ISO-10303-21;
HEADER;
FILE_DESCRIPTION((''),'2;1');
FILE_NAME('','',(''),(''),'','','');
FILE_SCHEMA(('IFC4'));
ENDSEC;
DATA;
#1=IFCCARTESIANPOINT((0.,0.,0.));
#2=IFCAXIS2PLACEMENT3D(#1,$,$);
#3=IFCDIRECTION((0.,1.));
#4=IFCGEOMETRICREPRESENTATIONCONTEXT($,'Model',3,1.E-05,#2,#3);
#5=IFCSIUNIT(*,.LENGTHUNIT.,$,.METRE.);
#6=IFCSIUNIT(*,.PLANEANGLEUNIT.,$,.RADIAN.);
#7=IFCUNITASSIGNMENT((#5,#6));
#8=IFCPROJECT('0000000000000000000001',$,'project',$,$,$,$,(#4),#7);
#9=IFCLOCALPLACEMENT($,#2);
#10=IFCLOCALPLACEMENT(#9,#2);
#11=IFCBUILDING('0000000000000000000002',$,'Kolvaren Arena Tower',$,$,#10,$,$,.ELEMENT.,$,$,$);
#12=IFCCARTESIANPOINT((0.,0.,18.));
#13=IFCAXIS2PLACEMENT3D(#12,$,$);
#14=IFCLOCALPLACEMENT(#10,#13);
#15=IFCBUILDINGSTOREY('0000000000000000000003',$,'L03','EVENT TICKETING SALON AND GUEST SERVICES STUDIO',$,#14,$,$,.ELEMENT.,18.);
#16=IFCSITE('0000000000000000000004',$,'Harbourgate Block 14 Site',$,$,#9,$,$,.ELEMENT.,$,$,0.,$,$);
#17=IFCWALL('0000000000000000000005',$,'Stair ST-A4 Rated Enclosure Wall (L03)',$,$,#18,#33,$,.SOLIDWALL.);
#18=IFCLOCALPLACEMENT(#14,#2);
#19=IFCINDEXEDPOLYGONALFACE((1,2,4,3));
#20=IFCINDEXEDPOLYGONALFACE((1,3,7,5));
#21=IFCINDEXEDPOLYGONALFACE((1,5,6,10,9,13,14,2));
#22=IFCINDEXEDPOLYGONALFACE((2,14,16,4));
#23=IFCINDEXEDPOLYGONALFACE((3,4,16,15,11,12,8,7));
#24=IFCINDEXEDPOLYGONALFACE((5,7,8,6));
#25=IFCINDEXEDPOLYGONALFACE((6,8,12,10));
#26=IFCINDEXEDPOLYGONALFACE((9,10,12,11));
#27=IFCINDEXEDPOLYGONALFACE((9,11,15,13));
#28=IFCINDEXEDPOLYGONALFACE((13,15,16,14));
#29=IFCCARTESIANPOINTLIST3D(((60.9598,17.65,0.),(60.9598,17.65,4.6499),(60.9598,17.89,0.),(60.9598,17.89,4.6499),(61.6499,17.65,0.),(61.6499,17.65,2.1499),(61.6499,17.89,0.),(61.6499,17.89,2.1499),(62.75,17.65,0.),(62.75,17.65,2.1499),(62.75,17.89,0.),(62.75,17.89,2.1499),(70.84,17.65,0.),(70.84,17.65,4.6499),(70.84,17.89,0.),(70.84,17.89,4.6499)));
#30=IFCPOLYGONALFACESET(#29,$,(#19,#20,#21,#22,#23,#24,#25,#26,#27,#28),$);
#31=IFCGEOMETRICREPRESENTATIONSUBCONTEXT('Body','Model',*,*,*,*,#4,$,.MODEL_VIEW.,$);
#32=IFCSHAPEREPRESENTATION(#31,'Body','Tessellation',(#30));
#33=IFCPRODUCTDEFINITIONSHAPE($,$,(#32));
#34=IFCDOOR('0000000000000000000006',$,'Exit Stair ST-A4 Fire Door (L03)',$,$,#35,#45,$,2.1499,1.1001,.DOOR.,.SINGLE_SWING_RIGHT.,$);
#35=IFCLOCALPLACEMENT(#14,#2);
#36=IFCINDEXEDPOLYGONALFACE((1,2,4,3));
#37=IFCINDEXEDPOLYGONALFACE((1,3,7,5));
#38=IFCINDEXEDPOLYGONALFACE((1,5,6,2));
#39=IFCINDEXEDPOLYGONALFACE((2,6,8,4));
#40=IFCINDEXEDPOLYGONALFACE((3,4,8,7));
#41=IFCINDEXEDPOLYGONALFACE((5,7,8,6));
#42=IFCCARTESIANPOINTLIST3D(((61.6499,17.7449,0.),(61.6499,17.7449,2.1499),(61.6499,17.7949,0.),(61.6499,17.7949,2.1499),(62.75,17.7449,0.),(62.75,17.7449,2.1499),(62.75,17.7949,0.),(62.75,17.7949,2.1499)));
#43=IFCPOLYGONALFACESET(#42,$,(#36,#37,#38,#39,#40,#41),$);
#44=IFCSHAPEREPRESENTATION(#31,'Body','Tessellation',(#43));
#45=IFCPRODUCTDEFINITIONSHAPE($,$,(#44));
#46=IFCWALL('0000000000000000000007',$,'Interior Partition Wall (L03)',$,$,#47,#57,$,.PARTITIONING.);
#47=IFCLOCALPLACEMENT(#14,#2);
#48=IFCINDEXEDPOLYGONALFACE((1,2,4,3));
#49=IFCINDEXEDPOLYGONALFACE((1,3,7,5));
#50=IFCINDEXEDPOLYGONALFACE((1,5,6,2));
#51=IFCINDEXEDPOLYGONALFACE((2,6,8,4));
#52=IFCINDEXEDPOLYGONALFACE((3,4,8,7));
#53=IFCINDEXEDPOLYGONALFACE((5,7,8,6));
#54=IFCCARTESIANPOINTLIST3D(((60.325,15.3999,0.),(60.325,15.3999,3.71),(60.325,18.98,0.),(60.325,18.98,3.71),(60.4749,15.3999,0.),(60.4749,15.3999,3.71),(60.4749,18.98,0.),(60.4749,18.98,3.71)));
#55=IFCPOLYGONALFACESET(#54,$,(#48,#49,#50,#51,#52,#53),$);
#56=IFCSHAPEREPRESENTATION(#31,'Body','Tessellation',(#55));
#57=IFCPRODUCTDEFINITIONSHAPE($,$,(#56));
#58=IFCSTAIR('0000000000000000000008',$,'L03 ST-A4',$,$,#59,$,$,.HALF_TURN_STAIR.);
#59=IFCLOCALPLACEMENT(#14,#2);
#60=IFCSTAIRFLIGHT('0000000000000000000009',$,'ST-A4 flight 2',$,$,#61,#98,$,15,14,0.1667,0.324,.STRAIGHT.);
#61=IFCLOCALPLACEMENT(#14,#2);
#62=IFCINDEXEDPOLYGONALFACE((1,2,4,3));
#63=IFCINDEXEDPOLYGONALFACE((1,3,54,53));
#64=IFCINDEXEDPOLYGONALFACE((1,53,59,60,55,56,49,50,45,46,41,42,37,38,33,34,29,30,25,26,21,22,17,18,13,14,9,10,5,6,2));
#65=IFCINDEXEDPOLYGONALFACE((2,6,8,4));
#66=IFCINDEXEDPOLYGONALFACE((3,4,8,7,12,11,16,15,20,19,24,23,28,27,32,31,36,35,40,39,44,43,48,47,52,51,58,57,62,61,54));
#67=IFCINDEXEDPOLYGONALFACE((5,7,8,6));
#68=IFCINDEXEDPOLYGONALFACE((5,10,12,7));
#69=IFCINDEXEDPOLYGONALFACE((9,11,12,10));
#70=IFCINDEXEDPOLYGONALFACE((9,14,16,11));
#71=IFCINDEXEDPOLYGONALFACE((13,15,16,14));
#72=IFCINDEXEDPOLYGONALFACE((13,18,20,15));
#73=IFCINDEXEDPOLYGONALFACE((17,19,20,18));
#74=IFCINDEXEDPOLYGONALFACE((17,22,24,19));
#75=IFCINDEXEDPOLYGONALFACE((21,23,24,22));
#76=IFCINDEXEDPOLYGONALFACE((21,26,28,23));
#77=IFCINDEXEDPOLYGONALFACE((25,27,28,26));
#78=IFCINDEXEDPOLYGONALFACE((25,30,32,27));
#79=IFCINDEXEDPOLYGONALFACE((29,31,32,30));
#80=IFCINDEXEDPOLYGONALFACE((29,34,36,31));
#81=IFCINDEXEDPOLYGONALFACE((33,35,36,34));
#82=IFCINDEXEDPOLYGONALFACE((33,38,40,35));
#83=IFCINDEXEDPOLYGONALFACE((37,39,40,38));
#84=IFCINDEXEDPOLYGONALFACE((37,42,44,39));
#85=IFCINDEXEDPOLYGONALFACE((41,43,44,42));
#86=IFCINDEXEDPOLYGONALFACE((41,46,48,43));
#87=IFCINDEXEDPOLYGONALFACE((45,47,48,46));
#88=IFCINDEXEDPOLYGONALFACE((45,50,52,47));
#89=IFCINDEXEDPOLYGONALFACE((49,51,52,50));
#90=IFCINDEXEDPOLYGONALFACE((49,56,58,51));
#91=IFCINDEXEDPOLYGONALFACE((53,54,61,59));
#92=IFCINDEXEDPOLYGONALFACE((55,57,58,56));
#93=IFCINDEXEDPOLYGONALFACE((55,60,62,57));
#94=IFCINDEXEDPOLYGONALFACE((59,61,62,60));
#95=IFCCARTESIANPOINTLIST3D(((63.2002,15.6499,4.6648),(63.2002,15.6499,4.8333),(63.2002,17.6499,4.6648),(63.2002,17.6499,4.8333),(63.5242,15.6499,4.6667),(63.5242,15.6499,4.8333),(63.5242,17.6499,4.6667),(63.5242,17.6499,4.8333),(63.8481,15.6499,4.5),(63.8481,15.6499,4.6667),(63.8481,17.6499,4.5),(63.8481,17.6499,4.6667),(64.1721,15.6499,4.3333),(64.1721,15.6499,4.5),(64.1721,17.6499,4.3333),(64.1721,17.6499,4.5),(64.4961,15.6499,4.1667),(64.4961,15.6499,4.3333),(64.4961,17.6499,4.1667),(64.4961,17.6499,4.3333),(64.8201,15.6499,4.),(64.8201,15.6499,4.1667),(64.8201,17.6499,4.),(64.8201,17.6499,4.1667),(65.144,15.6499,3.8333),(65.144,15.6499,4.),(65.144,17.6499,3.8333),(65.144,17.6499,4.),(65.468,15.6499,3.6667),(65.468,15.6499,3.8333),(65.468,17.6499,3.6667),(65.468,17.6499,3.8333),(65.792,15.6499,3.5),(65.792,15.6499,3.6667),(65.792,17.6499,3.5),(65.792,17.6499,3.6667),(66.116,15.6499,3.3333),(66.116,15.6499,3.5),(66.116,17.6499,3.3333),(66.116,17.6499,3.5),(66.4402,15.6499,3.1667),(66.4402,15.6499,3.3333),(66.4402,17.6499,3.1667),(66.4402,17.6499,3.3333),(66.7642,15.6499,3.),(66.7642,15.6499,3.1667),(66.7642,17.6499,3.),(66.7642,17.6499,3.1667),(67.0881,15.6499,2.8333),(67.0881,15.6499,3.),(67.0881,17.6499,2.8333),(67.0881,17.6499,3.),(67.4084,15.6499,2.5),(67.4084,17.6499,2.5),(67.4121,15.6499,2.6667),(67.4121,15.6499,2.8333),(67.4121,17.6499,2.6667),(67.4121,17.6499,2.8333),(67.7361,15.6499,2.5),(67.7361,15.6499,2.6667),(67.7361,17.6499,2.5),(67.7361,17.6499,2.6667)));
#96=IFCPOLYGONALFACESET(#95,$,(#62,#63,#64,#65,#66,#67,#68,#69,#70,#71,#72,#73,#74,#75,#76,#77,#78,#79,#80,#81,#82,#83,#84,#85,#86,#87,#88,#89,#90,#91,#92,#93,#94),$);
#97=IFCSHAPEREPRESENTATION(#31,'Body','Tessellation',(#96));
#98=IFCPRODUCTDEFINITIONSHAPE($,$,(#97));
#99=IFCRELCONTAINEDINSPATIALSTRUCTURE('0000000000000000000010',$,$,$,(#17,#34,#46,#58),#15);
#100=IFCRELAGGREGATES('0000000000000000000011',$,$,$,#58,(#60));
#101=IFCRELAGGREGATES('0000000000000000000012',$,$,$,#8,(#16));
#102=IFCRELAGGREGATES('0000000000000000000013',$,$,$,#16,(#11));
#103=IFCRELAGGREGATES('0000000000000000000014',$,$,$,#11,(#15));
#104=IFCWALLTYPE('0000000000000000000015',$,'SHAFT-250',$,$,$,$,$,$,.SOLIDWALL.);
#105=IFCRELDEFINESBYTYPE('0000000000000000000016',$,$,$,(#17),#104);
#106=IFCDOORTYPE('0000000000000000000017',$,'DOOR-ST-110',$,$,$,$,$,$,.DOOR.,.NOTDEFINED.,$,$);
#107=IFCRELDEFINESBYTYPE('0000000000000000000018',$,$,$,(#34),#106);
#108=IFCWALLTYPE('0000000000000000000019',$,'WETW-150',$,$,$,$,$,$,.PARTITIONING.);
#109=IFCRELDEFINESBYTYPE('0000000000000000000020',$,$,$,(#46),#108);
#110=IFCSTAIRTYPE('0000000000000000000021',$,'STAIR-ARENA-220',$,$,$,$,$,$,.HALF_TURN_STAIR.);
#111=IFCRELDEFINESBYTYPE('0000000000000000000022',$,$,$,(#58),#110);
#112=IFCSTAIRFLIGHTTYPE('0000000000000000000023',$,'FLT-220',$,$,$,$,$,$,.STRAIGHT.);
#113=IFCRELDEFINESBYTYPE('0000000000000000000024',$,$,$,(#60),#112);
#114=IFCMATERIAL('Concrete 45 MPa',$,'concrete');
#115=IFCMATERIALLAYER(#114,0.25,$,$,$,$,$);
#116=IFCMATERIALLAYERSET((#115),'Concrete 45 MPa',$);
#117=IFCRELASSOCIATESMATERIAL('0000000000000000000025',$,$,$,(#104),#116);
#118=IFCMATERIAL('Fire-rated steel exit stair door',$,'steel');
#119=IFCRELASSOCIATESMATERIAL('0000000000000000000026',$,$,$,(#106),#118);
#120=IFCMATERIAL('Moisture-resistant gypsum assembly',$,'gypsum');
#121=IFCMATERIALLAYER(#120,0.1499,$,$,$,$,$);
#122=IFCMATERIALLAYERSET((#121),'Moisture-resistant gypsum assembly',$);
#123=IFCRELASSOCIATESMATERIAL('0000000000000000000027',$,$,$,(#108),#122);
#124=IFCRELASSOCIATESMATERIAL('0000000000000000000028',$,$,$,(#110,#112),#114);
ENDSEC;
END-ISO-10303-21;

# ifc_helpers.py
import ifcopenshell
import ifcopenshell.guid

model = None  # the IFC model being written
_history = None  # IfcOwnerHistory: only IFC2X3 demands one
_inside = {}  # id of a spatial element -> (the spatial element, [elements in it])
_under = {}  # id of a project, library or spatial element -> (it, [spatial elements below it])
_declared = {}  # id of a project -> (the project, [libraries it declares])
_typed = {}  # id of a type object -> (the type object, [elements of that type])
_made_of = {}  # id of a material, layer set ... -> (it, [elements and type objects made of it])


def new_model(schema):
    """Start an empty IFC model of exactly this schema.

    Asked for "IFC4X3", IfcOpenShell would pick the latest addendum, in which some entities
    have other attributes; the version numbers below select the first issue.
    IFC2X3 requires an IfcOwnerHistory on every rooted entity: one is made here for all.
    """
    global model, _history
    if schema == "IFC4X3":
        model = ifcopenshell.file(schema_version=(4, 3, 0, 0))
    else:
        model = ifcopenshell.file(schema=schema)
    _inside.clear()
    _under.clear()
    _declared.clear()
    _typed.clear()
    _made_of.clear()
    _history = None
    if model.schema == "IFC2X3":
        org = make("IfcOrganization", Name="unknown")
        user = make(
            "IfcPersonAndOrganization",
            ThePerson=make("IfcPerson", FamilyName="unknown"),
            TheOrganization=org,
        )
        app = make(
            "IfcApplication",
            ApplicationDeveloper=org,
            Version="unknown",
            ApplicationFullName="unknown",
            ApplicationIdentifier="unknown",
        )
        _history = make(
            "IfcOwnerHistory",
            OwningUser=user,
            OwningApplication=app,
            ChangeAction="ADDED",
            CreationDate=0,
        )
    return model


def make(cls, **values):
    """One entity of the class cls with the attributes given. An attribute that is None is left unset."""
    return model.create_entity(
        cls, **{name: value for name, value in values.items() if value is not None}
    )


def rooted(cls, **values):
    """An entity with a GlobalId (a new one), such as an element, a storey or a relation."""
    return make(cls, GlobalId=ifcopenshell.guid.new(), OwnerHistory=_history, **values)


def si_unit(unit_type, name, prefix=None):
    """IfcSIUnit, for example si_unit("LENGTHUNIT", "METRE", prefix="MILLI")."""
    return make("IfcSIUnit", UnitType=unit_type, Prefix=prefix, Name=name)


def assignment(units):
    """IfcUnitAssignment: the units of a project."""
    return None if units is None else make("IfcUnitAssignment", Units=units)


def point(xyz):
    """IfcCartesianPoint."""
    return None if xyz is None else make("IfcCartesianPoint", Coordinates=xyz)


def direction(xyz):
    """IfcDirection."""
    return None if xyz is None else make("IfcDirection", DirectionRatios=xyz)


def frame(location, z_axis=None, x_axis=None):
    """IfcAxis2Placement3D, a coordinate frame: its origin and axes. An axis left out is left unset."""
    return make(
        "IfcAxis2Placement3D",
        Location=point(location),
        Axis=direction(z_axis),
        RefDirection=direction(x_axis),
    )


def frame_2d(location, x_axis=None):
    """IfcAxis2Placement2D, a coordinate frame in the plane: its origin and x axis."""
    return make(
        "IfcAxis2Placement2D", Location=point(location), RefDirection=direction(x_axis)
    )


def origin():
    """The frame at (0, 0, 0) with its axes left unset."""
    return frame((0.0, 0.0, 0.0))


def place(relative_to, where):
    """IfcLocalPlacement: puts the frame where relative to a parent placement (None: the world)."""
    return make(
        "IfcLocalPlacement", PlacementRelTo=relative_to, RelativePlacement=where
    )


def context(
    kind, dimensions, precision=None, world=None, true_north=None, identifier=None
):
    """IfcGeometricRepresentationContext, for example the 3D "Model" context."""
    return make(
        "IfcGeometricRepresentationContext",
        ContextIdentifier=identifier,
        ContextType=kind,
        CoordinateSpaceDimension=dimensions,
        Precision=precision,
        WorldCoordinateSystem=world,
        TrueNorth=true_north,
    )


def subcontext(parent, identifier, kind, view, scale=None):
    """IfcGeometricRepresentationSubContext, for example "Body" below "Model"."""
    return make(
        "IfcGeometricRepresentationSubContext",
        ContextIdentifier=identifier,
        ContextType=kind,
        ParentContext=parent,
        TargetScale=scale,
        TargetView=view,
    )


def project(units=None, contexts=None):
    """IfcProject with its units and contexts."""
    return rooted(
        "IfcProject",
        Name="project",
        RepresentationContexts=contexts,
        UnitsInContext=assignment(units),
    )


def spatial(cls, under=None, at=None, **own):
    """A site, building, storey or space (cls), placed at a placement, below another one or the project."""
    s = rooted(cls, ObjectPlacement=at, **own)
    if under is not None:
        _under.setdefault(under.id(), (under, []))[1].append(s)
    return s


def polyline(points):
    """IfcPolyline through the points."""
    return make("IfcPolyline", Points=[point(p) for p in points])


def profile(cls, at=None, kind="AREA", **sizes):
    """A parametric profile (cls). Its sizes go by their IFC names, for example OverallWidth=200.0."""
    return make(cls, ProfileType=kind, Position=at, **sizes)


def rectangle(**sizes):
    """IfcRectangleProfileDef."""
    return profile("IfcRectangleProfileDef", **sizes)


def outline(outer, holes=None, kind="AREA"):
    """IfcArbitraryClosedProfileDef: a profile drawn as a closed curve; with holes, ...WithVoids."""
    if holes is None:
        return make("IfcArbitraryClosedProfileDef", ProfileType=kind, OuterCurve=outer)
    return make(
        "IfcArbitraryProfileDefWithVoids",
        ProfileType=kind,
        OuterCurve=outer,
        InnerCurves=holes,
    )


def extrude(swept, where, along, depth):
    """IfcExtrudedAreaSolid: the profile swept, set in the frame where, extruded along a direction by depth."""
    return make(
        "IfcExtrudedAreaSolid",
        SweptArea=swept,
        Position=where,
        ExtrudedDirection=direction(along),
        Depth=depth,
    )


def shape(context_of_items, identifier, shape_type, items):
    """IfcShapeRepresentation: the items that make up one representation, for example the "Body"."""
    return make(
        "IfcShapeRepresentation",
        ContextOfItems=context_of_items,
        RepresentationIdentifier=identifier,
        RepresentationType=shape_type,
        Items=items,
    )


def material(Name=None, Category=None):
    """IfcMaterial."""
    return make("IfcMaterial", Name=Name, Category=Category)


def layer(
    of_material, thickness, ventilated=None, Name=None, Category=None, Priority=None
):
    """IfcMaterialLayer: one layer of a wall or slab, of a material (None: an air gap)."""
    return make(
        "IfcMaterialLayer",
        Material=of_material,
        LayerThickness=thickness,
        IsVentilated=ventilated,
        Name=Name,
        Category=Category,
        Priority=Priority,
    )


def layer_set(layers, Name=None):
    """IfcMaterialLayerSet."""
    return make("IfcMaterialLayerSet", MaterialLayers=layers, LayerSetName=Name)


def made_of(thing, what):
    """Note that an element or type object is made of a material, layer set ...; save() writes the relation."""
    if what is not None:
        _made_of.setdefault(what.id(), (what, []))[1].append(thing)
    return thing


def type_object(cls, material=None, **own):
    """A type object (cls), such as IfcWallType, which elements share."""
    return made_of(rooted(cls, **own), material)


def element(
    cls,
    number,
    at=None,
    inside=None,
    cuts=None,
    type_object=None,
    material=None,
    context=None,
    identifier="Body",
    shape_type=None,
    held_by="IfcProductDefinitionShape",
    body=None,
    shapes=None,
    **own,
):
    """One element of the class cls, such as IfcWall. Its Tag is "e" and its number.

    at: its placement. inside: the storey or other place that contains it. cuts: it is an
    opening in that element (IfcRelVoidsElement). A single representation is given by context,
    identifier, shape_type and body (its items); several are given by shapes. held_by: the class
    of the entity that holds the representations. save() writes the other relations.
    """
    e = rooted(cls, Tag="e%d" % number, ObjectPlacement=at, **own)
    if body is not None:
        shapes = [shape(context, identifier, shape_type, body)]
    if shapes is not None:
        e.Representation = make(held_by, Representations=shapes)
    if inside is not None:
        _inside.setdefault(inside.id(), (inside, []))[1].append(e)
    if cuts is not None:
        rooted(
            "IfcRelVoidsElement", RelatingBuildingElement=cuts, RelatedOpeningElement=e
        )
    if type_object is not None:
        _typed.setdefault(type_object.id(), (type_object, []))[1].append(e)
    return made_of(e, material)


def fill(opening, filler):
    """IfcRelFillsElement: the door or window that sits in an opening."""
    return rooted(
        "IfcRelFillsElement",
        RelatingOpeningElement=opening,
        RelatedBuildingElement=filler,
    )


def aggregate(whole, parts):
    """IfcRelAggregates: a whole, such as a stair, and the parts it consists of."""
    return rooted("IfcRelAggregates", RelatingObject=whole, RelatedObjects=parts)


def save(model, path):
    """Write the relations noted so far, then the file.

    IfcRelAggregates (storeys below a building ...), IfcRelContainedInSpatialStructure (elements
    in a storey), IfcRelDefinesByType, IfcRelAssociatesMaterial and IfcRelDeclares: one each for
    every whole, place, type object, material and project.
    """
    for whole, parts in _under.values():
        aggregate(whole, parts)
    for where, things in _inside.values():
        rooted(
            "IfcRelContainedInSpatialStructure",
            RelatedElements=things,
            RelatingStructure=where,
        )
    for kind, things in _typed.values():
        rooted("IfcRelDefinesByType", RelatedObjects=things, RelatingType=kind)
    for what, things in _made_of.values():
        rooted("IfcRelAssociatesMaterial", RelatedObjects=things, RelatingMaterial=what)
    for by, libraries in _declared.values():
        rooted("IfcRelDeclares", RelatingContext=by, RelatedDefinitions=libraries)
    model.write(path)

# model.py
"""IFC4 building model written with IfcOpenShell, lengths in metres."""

from ifc_helpers import new_model, si_unit, direction, frame, frame_2d, origin, place, context, subcontext, project, spatial, polyline, rectangle, outline, extrude, material, layer, layer_set, type_object, element, fill, aggregate, save


model = new_model("IFC4")

# Units and contexts
model_context = context("Model", 3, precision=1e-05, world=origin(), true_north=direction((0.0, 1.0)))
body_context = subcontext(model_context, "Body", "Model", "MODEL_VIEW")
ifc_project = project(units=[si_unit("LENGTHUNIT", "METRE"), si_unit("PLANEANGLEUNIT", "RADIAN")], contexts=[model_context])

# Site, building, storey
site_placement = place(None, origin())
site = spatial("IfcSite", under=ifc_project, at=site_placement, Name="Harbourgate Block 14 Site", CompositionType="ELEMENT", RefElevation=0.0)
building_placement = place(site_placement, origin())
building = spatial("IfcBuilding", under=site, at=building_placement, Name="Kolvaren Arena Tower", CompositionType="ELEMENT")
storey_placement = place(building_placement, frame((0.0, 0.0, 18.0)))
storey = spatial("IfcBuildingStorey", under=building, at=storey_placement, Name="L03", Description="EVENT TICKETING SALON AND GUEST SERVICES STUDIO", CompositionType="ELEMENT", Elevation=18.0)

# Wall, opening, door
ifc_material_1 = material(Name="Concrete 45 MPa", Category="concrete")
ifc_layer_1 = layer(ifc_material_1, 0.25)
ifc_layer_set_1 = layer_set([ifc_layer_1], Name="Concrete 45 MPa")
wall_type_1 = type_object("IfcWallType", Name="SHAFT-250", PredefinedType="SOLIDWALL", material=ifc_layer_set_1)
wall_1_placement = place(storey_placement, frame((60.96, 17.77, 0.0), z_axis=(0.0, 0.0, 1.0), x_axis=(1.0, 0.0, 0.0)))
wall_1 = element("IfcWall", 1, at=wall_1_placement, inside=storey, type_object=wall_type_1, Name="Stair ST-A4 Rated Enclosure Wall (L03)", PredefinedType="SOLIDWALL", context=body_context, shape_type="SweptSolid", body=[
    extrude(rectangle(XDim=9.8801, YDim=0.24, at=frame_2d((4.9399, 0.0))), origin(), (0.0, 0.0, 1.0), 4.6499),
])
opening_1_placement = place(wall_1_placement, frame((0.6899, 0.0, 0.0)))
opening_1 = element("IfcOpeningElement", 2, at=opening_1_placement, cuts=wall_1, PredefinedType="OPENING", context=body_context, shape_type="SweptSolid", body=[
    extrude(rectangle(XDim=1.1001, YDim=2.1499, at=frame_2d((0.55, 1.075))), frame((0.0, 0.1299, 0.0), z_axis=(0.0, -1.0, 0.0), x_axis=(1.0, 0.0, 0.0)), (0.0, 0.0, 1.0), 0.26),
])
ifc_material_2 = material(Name="Fire-rated steel exit stair door", Category="steel")
door_type_1 = type_object("IfcDoorType", Name="DOOR-ST-110", OperationType="NOTDEFINED", PredefinedType="DOOR", material=ifc_material_2)
door_1_placement = place(opening_1_placement, origin())
door_1 = element("IfcDoor", 3, at=door_1_placement, inside=storey, type_object=door_type_1, Name="Exit Stair ST-A4 Fire Door (L03)", OperationType="SINGLE_SWING_RIGHT", OverallHeight=2.1499, OverallWidth=1.1001, PredefinedType="DOOR", context=body_context, shape_type="SweptSolid", body=[
    extrude(rectangle(XDim=1.1001, YDim=2.1499, at=frame_2d((0.55, 1.075))), frame((0.0, 0.0249, 0.0), z_axis=(0.0, -1.0, 0.0), x_axis=(1.0, 0.0, 0.0)), (0.0, 0.0, 1.0), 0.05),
])
fill(opening_1, door_1)

# Wall
ifc_material_3 = material(Name="Moisture-resistant gypsum assembly", Category="gypsum")
ifc_layer_2 = layer(ifc_material_3, 0.1499)
ifc_layer_set_2 = layer_set([ifc_layer_2], Name="Moisture-resistant gypsum assembly")
wall_type_2 = type_object("IfcWallType", Name="WETW-150", PredefinedType="PARTITIONING", material=ifc_layer_set_2)
wall_2_placement = place(storey_placement, frame((60.3999, 15.3999, 0.0), z_axis=(0.0, 0.0, 1.0), x_axis=(0.0, 1.0, 0.0)))
element("IfcWall", 4, at=wall_2_placement, inside=storey, type_object=wall_type_2, Name="Interior Partition Wall (L03)", PredefinedType="PARTITIONING", context=body_context, shape_type="SweptSolid", body=[
    extrude(rectangle(XDim=3.5801, YDim=0.1499, at=frame_2d((1.79, 0.0))), origin(), (0.0, 0.0, 1.0), 3.71),
])

# Stair, stair flight
stair_type = type_object("IfcStairType", Name="STAIR-ARENA-220", PredefinedType="HALF_TURN_STAIR", material=ifc_material_1)
stair_placement = place(storey_placement, origin())
stair = element("IfcStair", 5, at=stair_placement, inside=storey, type_object=stair_type, Name="L03 ST-A4", PredefinedType="HALF_TURN_STAIR")
stair_flight_type = type_object("IfcStairFlightType", Name="FLT-220", PredefinedType="STRAIGHT", material=ifc_material_1)
stair_flight_placement = place(storey_placement, frame((67.7361, 16.6499, 2.5), z_axis=(0.0, 0.0, 1.0), x_axis=(-1.0, 0.0, 0.0)))
stair_flight = element("IfcStairFlight", 6, at=stair_flight_placement, type_object=stair_flight_type, Name="ST-A4 flight 2", NumberOfRisers=15, NumberOfTreads=14, PredefinedType="STRAIGHT", RiserHeight=0.1667, TreadLength=0.324, context=body_context, shape_type="SweptSolid", body=[
    extrude(outline(polyline([(0.0, 0.0), (0.0, 0.1667), (0.324, 0.1667), (0.324, 0.3333), (0.6479, 0.3333), (0.6479, 0.5), (0.9719, 0.5), (0.9719, 0.6667), (1.2959, 0.6667), (1.2959, 0.8333), (1.6201, 0.8333), (1.6201, 1.0), (1.9441, 1.0), (1.9441, 1.1667), (2.2681, 1.1667), (2.2681, 1.3333), (2.592, 1.3333), (2.592, 1.5), (2.916, 1.5), (2.916, 1.6667), (3.24, 1.6667), (3.24, 1.8333), (3.564, 1.8333), (3.564, 2.0), (3.8879, 2.0), (3.8879, 2.1667), (4.2119, 2.1667), (4.2119, 2.3333), (4.5359, 2.3333), (4.5359, 2.5), (4.5359, 2.1648), (0.3276, 0.0), (0.0, 0.0)])), frame((0.0, 1.0, 0.0), z_axis=(0.0, -1.0, 0.0), x_axis=(1.0, 0.0, 0.0)), (0.0, 0.0, 1.0), 2.0),
])
aggregate(stair, [stair_flight])

save(model, "model.ifc")
